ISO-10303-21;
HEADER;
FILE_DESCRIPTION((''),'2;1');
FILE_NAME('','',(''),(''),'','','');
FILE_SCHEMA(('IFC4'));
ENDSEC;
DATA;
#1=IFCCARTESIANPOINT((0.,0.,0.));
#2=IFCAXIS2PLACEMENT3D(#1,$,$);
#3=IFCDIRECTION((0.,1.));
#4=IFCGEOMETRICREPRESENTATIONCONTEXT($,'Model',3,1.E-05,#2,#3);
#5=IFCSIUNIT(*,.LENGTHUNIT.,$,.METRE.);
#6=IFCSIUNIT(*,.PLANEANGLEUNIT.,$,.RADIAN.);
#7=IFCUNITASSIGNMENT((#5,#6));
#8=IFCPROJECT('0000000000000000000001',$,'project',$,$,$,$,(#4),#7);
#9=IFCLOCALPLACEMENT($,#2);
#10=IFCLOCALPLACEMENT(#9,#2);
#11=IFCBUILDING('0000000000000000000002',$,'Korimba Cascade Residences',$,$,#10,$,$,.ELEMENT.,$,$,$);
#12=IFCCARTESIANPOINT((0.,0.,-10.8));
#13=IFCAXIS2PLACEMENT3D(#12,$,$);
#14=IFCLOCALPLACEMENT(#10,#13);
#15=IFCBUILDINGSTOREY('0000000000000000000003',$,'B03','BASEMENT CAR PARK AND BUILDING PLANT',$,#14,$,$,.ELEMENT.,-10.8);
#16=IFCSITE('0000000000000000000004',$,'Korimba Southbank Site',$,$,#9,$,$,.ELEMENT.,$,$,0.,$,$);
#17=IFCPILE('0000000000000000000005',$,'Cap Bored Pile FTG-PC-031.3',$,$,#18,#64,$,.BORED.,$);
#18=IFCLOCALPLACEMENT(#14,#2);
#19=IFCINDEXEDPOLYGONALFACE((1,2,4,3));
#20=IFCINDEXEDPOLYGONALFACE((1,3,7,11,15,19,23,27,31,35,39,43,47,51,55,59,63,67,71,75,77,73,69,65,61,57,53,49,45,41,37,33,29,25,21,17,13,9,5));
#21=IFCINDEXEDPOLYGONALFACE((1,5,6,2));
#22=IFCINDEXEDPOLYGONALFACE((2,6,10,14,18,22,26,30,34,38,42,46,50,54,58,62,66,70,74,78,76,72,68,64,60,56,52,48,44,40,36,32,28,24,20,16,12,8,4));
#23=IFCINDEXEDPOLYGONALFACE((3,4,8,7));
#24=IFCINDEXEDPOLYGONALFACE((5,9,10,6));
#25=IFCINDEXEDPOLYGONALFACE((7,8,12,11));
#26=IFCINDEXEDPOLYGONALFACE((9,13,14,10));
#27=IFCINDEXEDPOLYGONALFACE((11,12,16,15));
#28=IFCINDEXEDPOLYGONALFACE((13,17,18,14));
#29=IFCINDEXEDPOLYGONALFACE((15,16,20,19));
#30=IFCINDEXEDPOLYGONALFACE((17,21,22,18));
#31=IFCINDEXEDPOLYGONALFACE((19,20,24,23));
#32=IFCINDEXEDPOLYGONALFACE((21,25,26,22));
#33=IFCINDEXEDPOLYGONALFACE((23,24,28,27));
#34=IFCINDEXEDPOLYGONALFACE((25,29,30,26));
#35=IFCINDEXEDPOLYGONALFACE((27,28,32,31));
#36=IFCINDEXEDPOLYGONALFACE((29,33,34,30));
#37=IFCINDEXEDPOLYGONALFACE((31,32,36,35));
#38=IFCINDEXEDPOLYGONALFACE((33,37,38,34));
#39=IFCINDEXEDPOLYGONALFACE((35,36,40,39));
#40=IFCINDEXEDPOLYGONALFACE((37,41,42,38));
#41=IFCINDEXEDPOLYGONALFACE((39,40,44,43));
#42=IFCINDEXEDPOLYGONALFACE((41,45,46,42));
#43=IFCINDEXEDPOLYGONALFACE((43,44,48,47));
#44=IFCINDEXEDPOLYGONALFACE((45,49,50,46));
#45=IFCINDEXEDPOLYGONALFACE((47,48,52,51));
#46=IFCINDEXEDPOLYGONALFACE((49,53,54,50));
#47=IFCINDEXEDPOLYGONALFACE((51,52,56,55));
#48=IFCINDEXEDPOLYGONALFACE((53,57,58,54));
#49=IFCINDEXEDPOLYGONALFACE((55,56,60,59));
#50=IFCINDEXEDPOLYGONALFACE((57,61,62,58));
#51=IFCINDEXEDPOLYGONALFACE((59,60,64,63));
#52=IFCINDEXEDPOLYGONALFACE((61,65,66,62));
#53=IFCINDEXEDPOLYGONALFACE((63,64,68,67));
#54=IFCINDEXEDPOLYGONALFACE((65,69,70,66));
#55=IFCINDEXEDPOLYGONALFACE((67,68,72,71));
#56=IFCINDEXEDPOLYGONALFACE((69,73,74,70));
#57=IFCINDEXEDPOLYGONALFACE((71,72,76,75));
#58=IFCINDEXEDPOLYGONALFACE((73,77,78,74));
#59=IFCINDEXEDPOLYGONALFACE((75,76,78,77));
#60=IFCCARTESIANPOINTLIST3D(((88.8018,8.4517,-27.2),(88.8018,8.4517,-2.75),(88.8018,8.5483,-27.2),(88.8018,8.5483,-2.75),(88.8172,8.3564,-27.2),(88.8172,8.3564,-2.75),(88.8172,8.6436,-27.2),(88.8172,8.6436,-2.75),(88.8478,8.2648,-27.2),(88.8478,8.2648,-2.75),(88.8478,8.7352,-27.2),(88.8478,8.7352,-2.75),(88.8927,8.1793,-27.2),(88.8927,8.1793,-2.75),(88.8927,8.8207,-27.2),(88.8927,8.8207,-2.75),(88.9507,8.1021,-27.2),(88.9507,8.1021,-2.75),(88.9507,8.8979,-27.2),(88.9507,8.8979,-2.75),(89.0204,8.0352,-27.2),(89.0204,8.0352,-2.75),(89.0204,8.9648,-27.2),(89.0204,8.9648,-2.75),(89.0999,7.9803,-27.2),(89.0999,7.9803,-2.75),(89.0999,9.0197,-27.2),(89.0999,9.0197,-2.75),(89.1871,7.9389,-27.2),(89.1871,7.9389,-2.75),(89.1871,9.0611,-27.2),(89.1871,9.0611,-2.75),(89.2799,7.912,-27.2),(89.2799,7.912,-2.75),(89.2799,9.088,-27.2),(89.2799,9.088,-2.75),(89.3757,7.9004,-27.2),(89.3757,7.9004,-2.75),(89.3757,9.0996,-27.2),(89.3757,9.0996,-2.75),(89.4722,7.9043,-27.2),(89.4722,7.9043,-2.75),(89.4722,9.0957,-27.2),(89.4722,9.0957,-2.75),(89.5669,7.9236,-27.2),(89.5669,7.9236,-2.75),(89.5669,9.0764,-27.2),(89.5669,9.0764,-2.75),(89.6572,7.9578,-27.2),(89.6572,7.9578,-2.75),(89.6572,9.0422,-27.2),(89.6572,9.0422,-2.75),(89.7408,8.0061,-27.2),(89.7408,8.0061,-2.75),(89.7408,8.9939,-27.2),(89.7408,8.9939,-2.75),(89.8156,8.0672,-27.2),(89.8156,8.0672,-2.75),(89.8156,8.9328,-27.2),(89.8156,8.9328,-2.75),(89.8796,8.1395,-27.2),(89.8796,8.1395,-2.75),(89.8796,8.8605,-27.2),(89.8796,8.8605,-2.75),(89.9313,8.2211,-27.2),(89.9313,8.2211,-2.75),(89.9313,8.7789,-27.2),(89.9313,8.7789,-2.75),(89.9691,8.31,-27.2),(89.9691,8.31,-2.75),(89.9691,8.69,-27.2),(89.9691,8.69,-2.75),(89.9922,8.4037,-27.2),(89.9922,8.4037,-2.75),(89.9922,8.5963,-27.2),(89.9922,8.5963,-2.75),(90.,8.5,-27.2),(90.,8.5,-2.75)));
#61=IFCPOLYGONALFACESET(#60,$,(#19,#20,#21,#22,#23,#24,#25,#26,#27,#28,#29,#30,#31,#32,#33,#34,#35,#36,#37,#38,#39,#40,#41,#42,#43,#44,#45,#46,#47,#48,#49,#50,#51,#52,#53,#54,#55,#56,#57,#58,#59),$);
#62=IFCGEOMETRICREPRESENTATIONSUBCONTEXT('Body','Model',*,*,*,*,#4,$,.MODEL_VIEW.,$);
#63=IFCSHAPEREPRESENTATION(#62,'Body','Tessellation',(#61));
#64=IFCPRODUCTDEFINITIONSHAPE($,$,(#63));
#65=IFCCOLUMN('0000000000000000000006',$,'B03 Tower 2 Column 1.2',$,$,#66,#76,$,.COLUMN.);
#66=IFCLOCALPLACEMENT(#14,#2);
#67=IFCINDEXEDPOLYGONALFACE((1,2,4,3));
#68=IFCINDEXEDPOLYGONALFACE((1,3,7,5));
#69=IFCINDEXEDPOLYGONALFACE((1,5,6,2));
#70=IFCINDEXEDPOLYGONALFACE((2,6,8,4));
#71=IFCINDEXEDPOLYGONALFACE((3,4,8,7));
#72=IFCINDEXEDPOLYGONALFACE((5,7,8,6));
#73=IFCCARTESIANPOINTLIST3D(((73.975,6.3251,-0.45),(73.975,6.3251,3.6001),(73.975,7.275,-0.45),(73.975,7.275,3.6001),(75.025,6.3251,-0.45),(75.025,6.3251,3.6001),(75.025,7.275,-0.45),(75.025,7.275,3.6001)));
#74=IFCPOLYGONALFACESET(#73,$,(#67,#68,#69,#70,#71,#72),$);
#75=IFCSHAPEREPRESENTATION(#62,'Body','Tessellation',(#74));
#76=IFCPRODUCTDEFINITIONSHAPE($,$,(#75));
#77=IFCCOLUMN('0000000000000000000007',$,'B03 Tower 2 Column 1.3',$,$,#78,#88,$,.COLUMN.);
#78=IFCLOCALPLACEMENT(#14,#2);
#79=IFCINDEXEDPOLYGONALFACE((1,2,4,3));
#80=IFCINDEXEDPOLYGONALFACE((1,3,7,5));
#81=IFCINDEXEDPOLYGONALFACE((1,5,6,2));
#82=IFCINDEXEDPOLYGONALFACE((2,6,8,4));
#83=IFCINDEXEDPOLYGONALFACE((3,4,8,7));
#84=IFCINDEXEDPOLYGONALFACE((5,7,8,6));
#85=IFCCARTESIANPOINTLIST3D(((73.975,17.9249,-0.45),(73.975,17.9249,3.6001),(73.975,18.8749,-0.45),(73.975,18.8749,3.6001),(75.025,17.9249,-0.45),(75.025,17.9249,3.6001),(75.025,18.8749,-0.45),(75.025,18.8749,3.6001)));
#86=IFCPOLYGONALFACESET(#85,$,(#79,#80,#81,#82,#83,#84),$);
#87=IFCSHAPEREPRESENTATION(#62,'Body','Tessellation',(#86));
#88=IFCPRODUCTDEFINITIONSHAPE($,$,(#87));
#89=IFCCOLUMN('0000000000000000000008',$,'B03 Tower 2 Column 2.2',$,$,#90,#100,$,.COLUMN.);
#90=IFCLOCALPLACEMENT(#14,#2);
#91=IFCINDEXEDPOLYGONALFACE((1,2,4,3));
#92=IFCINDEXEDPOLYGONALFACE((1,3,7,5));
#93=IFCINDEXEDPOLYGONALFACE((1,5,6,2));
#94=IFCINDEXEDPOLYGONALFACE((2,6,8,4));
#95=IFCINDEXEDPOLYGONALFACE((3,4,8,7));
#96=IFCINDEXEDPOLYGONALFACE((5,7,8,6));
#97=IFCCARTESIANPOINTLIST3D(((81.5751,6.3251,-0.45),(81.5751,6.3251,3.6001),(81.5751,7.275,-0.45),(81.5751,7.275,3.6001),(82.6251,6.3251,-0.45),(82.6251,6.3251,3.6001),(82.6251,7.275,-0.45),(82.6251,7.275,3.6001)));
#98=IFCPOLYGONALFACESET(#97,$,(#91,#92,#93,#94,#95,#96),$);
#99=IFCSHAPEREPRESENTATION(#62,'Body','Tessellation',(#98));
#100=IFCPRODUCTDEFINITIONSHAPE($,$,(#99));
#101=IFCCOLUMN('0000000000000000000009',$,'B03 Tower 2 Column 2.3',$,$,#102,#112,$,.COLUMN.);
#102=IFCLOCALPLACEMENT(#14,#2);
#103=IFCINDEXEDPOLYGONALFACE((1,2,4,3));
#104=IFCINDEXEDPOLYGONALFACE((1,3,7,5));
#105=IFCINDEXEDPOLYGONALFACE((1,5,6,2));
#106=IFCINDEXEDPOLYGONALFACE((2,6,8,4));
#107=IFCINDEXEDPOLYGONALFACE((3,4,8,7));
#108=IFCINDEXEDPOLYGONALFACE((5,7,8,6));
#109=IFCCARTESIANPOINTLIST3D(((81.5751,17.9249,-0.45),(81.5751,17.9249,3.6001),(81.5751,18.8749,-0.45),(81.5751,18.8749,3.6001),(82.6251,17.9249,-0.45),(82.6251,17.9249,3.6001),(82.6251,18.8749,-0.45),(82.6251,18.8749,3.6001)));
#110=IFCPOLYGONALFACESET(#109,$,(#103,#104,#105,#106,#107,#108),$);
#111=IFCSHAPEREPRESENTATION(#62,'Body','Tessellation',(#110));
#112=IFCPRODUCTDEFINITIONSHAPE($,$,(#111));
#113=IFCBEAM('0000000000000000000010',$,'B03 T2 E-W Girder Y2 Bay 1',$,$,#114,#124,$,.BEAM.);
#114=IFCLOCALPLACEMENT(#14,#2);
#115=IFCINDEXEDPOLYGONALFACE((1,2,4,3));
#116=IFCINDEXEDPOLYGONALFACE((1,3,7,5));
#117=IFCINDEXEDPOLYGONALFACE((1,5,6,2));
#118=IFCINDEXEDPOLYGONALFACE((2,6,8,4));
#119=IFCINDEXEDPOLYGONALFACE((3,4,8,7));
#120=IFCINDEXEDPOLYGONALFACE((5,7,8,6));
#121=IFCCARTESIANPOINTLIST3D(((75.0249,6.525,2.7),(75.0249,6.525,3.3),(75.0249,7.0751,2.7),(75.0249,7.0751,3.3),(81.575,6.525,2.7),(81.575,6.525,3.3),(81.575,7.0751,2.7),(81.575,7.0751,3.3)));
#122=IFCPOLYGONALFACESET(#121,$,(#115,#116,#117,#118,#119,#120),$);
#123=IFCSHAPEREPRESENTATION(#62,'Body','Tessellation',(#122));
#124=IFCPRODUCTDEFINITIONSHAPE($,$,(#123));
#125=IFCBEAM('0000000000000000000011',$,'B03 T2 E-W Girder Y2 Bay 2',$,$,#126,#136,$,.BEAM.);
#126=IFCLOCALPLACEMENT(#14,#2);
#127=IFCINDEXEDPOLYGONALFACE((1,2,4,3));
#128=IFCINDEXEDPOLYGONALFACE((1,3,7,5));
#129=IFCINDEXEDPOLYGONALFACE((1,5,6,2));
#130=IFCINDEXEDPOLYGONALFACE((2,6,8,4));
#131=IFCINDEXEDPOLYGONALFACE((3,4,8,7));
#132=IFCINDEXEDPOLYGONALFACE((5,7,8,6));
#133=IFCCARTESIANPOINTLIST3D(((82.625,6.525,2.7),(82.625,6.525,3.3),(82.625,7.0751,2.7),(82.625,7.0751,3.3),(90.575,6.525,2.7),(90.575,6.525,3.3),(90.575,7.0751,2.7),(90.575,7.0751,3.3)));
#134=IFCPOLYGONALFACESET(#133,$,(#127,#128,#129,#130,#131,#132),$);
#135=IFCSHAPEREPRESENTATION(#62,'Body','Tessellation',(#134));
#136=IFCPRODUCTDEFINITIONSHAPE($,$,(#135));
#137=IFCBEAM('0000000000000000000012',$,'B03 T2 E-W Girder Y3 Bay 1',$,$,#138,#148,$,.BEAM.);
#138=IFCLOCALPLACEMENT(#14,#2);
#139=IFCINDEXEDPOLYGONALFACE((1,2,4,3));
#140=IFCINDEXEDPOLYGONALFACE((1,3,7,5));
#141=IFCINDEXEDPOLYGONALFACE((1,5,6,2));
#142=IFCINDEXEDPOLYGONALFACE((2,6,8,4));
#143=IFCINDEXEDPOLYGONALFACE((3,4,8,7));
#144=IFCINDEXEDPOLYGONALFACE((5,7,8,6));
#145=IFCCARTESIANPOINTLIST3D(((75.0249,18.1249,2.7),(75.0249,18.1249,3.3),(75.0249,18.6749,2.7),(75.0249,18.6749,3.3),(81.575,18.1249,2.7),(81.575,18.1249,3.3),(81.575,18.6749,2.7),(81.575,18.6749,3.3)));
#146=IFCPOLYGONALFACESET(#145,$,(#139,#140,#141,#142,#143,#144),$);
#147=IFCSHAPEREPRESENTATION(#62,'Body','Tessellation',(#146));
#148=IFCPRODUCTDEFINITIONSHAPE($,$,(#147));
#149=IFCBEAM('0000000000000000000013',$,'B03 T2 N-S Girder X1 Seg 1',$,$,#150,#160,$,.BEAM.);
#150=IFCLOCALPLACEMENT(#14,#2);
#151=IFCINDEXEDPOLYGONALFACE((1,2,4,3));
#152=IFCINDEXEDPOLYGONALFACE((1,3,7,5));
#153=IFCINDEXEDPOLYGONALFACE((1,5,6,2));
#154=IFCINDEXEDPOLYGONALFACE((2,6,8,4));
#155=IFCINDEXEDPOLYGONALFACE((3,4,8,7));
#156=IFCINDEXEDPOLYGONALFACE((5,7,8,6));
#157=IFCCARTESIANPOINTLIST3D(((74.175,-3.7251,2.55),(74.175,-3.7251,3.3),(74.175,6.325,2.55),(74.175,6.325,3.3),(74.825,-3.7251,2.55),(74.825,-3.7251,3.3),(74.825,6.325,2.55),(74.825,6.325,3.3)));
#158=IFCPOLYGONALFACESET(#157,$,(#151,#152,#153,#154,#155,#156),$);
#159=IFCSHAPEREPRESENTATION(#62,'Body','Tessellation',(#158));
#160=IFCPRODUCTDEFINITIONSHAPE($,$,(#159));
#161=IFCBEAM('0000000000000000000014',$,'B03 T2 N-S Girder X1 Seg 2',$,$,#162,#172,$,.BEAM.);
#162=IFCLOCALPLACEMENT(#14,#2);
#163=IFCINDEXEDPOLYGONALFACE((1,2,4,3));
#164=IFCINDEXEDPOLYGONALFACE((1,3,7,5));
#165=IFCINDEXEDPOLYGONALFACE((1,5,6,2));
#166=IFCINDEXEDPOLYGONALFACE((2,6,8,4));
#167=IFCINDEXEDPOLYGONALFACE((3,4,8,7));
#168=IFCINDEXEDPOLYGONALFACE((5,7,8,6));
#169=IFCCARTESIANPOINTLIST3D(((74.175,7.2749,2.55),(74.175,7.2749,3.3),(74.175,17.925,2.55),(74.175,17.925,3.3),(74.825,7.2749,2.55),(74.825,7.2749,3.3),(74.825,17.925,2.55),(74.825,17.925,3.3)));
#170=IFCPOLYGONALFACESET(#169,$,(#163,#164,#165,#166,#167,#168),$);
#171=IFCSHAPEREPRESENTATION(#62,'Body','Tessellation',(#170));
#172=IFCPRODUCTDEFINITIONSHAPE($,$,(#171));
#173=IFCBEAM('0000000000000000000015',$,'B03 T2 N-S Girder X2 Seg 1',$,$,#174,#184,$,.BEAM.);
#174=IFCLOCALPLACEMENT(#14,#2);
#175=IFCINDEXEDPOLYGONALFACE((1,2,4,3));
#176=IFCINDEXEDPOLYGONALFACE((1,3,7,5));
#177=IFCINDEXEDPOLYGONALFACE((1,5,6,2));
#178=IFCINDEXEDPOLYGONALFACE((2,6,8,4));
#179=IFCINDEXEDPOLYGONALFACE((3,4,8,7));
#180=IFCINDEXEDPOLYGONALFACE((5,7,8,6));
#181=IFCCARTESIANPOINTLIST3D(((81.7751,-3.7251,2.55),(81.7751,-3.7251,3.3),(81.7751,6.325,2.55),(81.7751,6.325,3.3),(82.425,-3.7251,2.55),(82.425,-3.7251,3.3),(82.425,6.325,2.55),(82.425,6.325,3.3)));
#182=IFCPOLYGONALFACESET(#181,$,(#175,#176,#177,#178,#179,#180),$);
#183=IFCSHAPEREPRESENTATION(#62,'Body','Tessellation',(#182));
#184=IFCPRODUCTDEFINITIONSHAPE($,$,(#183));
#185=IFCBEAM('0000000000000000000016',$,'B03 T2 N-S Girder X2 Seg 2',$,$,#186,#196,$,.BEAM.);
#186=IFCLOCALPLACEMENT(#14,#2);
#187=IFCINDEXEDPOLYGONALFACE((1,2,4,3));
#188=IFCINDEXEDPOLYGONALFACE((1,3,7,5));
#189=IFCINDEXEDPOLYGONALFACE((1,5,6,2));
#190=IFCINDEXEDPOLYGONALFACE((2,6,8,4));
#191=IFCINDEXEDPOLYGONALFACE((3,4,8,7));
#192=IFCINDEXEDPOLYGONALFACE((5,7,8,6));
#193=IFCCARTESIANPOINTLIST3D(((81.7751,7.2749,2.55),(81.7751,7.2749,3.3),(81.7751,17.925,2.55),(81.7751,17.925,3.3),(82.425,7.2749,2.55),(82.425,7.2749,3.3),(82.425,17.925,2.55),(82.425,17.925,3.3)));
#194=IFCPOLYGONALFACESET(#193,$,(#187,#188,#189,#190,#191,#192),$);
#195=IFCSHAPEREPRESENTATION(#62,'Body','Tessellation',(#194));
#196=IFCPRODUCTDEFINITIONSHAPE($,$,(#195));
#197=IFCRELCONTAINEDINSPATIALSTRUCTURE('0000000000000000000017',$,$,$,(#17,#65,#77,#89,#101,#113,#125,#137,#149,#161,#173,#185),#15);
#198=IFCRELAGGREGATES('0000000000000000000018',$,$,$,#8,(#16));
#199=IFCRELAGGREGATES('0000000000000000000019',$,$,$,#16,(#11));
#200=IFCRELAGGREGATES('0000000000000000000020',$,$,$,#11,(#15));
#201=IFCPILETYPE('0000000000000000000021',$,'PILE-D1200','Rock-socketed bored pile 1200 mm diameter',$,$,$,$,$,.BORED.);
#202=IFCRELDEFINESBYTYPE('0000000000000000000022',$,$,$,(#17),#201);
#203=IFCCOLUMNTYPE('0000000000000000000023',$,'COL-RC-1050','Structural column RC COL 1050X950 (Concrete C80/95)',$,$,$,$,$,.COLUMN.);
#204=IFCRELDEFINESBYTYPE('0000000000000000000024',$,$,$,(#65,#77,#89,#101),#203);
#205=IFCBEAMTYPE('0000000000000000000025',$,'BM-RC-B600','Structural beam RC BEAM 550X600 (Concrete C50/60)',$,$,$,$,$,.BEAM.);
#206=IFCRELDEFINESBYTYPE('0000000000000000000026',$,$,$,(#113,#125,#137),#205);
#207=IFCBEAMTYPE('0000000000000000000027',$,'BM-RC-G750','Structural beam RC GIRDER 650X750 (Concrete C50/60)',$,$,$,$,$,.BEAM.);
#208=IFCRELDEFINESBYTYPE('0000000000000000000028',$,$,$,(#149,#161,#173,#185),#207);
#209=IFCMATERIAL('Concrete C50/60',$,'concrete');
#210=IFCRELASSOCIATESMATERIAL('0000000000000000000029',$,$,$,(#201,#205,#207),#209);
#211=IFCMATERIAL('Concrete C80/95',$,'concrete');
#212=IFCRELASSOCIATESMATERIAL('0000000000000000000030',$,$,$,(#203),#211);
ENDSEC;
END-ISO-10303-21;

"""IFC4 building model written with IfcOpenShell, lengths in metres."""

from ifc_helpers import new_model, si_unit, direction, frame, origin, origin_2d, place, context, subcontext, project, spatial, rectangle, circle, extrude, material, material_profile, profile_set, type_object, element, save


model = new_model("IFC4")

# Units and contexts
model_context = context("Model", 3, precision=1e-05, world=origin(), true_north=direction((0.0, 1.0)))
body_context = subcontext(model_context, "Body", "Model", "MODEL_VIEW")
ifc_project = project(units=[si_unit("LENGTHUNIT", "METRE"), si_unit("PLANEANGLEUNIT", "RADIAN")], contexts=[model_context])

# Site, building, storey
site_placement = place(None, origin())
site = spatial("IfcSite", under=ifc_project, at=site_placement, Name="Korimba Southbank Site", CompositionType="ELEMENT", RefElevation=0.0)
building_placement = place(site_placement, origin())
building = spatial("IfcBuilding", under=site, at=building_placement, Name="Korimba Cascade Residences", CompositionType="ELEMENT")
storey_placement = place(building_placement, frame((0.0, 0.0, -10.8)))
storey = spatial("IfcBuildingStorey", under=building, at=storey_placement, Name="B03", Description="BASEMENT CAR PARK AND BUILDING PLANT", CompositionType="ELEMENT", Elevation=-10.8)

# Pile
ifc_material_1 = material(Name="Concrete C50/60", Category="concrete")
ifc_material_profile_1 = material_profile(ifc_material_1, circle(Radius=0.6001, at=origin_2d()), Name="Concrete C50/60")
ifc_profile_set_1 = profile_set([ifc_material_profile_1], Name="Concrete C50/60")
pile_type = type_object("IfcPileType", Name="PILE-D1200", Description="Rock-socketed bored pile 1200 mm diameter", PredefinedType="BORED", material=ifc_profile_set_1)
for number, where, z_axis, x_axis, name in (
    (1, (89.3999, 8.5, -2.75), (0.0, 0.0, -1.0), (1.0, 0.0, 0.0), "Cap Bored Pile FTG-PC-031.3"),
):
    element("IfcPile", number, at=place(storey_placement, frame(where, z_axis=z_axis, x_axis=x_axis)), inside=storey, type_object=pile_type, Name=name, PredefinedType="BORED", context=body_context, shape_type="SweptSolid", body=[
        extrude(circle(Radius=0.6001, at=origin_2d()), origin(), (0.0, 0.0, 1.0), 24.45),
    ])

# Columns
ifc_material_2 = material(Name="Concrete C80/95", Category="concrete")
ifc_material_profile_2 = material_profile(ifc_material_2, rectangle(XDim=1.05, YDim=0.95, at=origin_2d()), Name="Concrete C80/95")
ifc_profile_set_2 = profile_set([ifc_material_profile_2], Name="Concrete C80/95")
column_type = type_object("IfcColumnType", Name="COL-RC-1050", Description="Structural column RC COL 1050X950 (Concrete C80/95)", PredefinedType="COLUMN", material=ifc_profile_set_2)
for number, where, z_axis, x_axis, name in (
    (2, (74.5, 6.8, -0.45), (0.0, 0.0, 1.0), (1.0, 0.0, 0.0), "B03 Tower 2 Column 1.2"),
    (3, (74.5, 18.3999, -0.45), (0.0, 0.0, 1.0), (1.0, 0.0, 0.0), "B03 Tower 2 Column 1.3"),
    (4, (82.1001, 6.8, -0.45), (0.0, 0.0, 1.0), (1.0, 0.0, 0.0), "B03 Tower 2 Column 2.2"),
    (5, (82.1001, 18.3999, -0.45), (0.0, 0.0, 1.0), (1.0, 0.0, 0.0), "B03 Tower 2 Column 2.3"),
):
    element("IfcColumn", number, at=place(storey_placement, frame(where, z_axis=z_axis, x_axis=x_axis)), inside=storey, type_object=column_type, Name=name, PredefinedType="COLUMN", context=body_context, shape_type="SweptSolid", body=[
        extrude(rectangle(XDim=1.05, YDim=0.95, at=origin_2d()), origin(), (0.0, 0.0, 1.0), 4.05),
    ])

# Beams
ifc_material_profile_3 = material_profile(ifc_material_1, rectangle(XDim=0.55, YDim=0.6001, at=origin_2d()), Name="Concrete C50/60")
ifc_profile_set_3 = profile_set([ifc_material_profile_3], Name="Concrete C50/60")
beam_type_1 = type_object("IfcBeamType", Name="BM-RC-B600", Description="Structural beam RC BEAM 550X600 (Concrete C50/60)", PredefinedType="BEAM", material=ifc_profile_set_3)
beam_1_placement = place(storey_placement, frame((75.0249, 6.8, 3.0), z_axis=(1.0, 0.0, 0.0), x_axis=(0.0, 1.0, 0.0)))
element("IfcBeam", 6, at=beam_1_placement, inside=storey, type_object=beam_type_1, Name="B03 T2 E-W Girder Y2 Bay 1", PredefinedType="BEAM", context=body_context, shape_type="SweptSolid", body=[
    extrude(rectangle(XDim=0.55, YDim=0.6001, at=origin_2d()), origin(), (0.0, 0.0, 1.0), 6.55),
])
beam_2_placement = place(storey_placement, frame((82.625, 6.8, 3.0), z_axis=(1.0, 0.0, 0.0), x_axis=(0.0, 1.0, 0.0)))
element("IfcBeam", 7, at=beam_2_placement, inside=storey, type_object=beam_type_1, Name="B03 T2 E-W Girder Y2 Bay 2", PredefinedType="BEAM", context=body_context, shape_type="SweptSolid", body=[
    extrude(rectangle(XDim=0.55, YDim=0.6001, at=origin_2d()), origin(), (0.0, 0.0, 1.0), 7.95),
])
beam_3_placement = place(storey_placement, frame((75.0249, 18.3999, 3.0), z_axis=(1.0, 0.0, 0.0), x_axis=(0.0, 1.0, 0.0)))
element("IfcBeam", 8, at=beam_3_placement, inside=storey, type_object=beam_type_1, Name="B03 T2 E-W Girder Y3 Bay 1", PredefinedType="BEAM", context=body_context, shape_type="SweptSolid", body=[
    extrude(rectangle(XDim=0.55, YDim=0.6001, at=origin_2d()), origin(), (0.0, 0.0, 1.0), 6.55),
])
ifc_material_profile_4 = material_profile(ifc_material_1, rectangle(XDim=0.6499, YDim=0.75, at=origin_2d()), Name="Concrete C50/60")
ifc_profile_set_4 = profile_set([ifc_material_profile_4], Name="Concrete C50/60")
beam_type_2 = type_object("IfcBeamType", Name="BM-RC-G750", Description="Structural beam RC GIRDER 650X750 (Concrete C50/60)", PredefinedType="BEAM", material=ifc_profile_set_4)
beam_4_placement = place(storey_placement, frame((74.5, -3.7251, 2.925), z_axis=(0.0, 1.0, 0.0), x_axis=(-1.0, 0.0, 0.0)))
element("IfcBeam", 9, at=beam_4_placement, inside=storey, type_object=beam_type_2, Name="B03 T2 N-S Girder X1 Seg 1", PredefinedType="BEAM", context=body_context, shape_type="SweptSolid", body=[
    extrude(rectangle(XDim=0.6499, YDim=0.75, at=origin_2d()), origin(), (0.0, 0.0, 1.0), 10.05),
])
beam_5_placement = place(storey_placement, frame((74.5, 7.2749, 2.925), z_axis=(0.0, 1.0, 0.0), x_axis=(-1.0, 0.0, 0.0)))
element("IfcBeam", 10, at=beam_5_placement, inside=storey, type_object=beam_type_2, Name="B03 T2 N-S Girder X1 Seg 2", PredefinedType="BEAM", context=body_context, shape_type="SweptSolid", body=[
    extrude(rectangle(XDim=0.6499, YDim=0.75, at=origin_2d()), origin(), (0.0, 0.0, 1.0), 10.6501),
])
beam_6_placement = place(storey_placement, frame((82.1001, -3.7251, 2.925), z_axis=(0.0, 1.0, 0.0), x_axis=(-1.0, 0.0, 0.0)))
element("IfcBeam", 11, at=beam_6_placement, inside=storey, type_object=beam_type_2, Name="B03 T2 N-S Girder X2 Seg 1", PredefinedType="BEAM", context=body_context, shape_type="SweptSolid", body=[
    extrude(rectangle(XDim=0.6499, YDim=0.75, at=origin_2d()), origin(), (0.0, 0.0, 1.0), 10.05),
])
beam_7_placement = place(storey_placement, frame((82.1001, 7.2749, 2.925), z_axis=(0.0, 1.0, 0.0), x_axis=(-1.0, 0.0, 0.0)))
element("IfcBeam", 12, at=beam_7_placement, inside=storey, type_object=beam_type_2, Name="B03 T2 N-S Girder X2 Seg 2", PredefinedType="BEAM", context=body_context, shape_type="SweptSolid", body=[
    extrude(rectangle(XDim=0.6499, YDim=0.75, at=origin_2d()), origin(), (0.0, 0.0, 1.0), 10.6501),
])

save(model, "model.ifc")
